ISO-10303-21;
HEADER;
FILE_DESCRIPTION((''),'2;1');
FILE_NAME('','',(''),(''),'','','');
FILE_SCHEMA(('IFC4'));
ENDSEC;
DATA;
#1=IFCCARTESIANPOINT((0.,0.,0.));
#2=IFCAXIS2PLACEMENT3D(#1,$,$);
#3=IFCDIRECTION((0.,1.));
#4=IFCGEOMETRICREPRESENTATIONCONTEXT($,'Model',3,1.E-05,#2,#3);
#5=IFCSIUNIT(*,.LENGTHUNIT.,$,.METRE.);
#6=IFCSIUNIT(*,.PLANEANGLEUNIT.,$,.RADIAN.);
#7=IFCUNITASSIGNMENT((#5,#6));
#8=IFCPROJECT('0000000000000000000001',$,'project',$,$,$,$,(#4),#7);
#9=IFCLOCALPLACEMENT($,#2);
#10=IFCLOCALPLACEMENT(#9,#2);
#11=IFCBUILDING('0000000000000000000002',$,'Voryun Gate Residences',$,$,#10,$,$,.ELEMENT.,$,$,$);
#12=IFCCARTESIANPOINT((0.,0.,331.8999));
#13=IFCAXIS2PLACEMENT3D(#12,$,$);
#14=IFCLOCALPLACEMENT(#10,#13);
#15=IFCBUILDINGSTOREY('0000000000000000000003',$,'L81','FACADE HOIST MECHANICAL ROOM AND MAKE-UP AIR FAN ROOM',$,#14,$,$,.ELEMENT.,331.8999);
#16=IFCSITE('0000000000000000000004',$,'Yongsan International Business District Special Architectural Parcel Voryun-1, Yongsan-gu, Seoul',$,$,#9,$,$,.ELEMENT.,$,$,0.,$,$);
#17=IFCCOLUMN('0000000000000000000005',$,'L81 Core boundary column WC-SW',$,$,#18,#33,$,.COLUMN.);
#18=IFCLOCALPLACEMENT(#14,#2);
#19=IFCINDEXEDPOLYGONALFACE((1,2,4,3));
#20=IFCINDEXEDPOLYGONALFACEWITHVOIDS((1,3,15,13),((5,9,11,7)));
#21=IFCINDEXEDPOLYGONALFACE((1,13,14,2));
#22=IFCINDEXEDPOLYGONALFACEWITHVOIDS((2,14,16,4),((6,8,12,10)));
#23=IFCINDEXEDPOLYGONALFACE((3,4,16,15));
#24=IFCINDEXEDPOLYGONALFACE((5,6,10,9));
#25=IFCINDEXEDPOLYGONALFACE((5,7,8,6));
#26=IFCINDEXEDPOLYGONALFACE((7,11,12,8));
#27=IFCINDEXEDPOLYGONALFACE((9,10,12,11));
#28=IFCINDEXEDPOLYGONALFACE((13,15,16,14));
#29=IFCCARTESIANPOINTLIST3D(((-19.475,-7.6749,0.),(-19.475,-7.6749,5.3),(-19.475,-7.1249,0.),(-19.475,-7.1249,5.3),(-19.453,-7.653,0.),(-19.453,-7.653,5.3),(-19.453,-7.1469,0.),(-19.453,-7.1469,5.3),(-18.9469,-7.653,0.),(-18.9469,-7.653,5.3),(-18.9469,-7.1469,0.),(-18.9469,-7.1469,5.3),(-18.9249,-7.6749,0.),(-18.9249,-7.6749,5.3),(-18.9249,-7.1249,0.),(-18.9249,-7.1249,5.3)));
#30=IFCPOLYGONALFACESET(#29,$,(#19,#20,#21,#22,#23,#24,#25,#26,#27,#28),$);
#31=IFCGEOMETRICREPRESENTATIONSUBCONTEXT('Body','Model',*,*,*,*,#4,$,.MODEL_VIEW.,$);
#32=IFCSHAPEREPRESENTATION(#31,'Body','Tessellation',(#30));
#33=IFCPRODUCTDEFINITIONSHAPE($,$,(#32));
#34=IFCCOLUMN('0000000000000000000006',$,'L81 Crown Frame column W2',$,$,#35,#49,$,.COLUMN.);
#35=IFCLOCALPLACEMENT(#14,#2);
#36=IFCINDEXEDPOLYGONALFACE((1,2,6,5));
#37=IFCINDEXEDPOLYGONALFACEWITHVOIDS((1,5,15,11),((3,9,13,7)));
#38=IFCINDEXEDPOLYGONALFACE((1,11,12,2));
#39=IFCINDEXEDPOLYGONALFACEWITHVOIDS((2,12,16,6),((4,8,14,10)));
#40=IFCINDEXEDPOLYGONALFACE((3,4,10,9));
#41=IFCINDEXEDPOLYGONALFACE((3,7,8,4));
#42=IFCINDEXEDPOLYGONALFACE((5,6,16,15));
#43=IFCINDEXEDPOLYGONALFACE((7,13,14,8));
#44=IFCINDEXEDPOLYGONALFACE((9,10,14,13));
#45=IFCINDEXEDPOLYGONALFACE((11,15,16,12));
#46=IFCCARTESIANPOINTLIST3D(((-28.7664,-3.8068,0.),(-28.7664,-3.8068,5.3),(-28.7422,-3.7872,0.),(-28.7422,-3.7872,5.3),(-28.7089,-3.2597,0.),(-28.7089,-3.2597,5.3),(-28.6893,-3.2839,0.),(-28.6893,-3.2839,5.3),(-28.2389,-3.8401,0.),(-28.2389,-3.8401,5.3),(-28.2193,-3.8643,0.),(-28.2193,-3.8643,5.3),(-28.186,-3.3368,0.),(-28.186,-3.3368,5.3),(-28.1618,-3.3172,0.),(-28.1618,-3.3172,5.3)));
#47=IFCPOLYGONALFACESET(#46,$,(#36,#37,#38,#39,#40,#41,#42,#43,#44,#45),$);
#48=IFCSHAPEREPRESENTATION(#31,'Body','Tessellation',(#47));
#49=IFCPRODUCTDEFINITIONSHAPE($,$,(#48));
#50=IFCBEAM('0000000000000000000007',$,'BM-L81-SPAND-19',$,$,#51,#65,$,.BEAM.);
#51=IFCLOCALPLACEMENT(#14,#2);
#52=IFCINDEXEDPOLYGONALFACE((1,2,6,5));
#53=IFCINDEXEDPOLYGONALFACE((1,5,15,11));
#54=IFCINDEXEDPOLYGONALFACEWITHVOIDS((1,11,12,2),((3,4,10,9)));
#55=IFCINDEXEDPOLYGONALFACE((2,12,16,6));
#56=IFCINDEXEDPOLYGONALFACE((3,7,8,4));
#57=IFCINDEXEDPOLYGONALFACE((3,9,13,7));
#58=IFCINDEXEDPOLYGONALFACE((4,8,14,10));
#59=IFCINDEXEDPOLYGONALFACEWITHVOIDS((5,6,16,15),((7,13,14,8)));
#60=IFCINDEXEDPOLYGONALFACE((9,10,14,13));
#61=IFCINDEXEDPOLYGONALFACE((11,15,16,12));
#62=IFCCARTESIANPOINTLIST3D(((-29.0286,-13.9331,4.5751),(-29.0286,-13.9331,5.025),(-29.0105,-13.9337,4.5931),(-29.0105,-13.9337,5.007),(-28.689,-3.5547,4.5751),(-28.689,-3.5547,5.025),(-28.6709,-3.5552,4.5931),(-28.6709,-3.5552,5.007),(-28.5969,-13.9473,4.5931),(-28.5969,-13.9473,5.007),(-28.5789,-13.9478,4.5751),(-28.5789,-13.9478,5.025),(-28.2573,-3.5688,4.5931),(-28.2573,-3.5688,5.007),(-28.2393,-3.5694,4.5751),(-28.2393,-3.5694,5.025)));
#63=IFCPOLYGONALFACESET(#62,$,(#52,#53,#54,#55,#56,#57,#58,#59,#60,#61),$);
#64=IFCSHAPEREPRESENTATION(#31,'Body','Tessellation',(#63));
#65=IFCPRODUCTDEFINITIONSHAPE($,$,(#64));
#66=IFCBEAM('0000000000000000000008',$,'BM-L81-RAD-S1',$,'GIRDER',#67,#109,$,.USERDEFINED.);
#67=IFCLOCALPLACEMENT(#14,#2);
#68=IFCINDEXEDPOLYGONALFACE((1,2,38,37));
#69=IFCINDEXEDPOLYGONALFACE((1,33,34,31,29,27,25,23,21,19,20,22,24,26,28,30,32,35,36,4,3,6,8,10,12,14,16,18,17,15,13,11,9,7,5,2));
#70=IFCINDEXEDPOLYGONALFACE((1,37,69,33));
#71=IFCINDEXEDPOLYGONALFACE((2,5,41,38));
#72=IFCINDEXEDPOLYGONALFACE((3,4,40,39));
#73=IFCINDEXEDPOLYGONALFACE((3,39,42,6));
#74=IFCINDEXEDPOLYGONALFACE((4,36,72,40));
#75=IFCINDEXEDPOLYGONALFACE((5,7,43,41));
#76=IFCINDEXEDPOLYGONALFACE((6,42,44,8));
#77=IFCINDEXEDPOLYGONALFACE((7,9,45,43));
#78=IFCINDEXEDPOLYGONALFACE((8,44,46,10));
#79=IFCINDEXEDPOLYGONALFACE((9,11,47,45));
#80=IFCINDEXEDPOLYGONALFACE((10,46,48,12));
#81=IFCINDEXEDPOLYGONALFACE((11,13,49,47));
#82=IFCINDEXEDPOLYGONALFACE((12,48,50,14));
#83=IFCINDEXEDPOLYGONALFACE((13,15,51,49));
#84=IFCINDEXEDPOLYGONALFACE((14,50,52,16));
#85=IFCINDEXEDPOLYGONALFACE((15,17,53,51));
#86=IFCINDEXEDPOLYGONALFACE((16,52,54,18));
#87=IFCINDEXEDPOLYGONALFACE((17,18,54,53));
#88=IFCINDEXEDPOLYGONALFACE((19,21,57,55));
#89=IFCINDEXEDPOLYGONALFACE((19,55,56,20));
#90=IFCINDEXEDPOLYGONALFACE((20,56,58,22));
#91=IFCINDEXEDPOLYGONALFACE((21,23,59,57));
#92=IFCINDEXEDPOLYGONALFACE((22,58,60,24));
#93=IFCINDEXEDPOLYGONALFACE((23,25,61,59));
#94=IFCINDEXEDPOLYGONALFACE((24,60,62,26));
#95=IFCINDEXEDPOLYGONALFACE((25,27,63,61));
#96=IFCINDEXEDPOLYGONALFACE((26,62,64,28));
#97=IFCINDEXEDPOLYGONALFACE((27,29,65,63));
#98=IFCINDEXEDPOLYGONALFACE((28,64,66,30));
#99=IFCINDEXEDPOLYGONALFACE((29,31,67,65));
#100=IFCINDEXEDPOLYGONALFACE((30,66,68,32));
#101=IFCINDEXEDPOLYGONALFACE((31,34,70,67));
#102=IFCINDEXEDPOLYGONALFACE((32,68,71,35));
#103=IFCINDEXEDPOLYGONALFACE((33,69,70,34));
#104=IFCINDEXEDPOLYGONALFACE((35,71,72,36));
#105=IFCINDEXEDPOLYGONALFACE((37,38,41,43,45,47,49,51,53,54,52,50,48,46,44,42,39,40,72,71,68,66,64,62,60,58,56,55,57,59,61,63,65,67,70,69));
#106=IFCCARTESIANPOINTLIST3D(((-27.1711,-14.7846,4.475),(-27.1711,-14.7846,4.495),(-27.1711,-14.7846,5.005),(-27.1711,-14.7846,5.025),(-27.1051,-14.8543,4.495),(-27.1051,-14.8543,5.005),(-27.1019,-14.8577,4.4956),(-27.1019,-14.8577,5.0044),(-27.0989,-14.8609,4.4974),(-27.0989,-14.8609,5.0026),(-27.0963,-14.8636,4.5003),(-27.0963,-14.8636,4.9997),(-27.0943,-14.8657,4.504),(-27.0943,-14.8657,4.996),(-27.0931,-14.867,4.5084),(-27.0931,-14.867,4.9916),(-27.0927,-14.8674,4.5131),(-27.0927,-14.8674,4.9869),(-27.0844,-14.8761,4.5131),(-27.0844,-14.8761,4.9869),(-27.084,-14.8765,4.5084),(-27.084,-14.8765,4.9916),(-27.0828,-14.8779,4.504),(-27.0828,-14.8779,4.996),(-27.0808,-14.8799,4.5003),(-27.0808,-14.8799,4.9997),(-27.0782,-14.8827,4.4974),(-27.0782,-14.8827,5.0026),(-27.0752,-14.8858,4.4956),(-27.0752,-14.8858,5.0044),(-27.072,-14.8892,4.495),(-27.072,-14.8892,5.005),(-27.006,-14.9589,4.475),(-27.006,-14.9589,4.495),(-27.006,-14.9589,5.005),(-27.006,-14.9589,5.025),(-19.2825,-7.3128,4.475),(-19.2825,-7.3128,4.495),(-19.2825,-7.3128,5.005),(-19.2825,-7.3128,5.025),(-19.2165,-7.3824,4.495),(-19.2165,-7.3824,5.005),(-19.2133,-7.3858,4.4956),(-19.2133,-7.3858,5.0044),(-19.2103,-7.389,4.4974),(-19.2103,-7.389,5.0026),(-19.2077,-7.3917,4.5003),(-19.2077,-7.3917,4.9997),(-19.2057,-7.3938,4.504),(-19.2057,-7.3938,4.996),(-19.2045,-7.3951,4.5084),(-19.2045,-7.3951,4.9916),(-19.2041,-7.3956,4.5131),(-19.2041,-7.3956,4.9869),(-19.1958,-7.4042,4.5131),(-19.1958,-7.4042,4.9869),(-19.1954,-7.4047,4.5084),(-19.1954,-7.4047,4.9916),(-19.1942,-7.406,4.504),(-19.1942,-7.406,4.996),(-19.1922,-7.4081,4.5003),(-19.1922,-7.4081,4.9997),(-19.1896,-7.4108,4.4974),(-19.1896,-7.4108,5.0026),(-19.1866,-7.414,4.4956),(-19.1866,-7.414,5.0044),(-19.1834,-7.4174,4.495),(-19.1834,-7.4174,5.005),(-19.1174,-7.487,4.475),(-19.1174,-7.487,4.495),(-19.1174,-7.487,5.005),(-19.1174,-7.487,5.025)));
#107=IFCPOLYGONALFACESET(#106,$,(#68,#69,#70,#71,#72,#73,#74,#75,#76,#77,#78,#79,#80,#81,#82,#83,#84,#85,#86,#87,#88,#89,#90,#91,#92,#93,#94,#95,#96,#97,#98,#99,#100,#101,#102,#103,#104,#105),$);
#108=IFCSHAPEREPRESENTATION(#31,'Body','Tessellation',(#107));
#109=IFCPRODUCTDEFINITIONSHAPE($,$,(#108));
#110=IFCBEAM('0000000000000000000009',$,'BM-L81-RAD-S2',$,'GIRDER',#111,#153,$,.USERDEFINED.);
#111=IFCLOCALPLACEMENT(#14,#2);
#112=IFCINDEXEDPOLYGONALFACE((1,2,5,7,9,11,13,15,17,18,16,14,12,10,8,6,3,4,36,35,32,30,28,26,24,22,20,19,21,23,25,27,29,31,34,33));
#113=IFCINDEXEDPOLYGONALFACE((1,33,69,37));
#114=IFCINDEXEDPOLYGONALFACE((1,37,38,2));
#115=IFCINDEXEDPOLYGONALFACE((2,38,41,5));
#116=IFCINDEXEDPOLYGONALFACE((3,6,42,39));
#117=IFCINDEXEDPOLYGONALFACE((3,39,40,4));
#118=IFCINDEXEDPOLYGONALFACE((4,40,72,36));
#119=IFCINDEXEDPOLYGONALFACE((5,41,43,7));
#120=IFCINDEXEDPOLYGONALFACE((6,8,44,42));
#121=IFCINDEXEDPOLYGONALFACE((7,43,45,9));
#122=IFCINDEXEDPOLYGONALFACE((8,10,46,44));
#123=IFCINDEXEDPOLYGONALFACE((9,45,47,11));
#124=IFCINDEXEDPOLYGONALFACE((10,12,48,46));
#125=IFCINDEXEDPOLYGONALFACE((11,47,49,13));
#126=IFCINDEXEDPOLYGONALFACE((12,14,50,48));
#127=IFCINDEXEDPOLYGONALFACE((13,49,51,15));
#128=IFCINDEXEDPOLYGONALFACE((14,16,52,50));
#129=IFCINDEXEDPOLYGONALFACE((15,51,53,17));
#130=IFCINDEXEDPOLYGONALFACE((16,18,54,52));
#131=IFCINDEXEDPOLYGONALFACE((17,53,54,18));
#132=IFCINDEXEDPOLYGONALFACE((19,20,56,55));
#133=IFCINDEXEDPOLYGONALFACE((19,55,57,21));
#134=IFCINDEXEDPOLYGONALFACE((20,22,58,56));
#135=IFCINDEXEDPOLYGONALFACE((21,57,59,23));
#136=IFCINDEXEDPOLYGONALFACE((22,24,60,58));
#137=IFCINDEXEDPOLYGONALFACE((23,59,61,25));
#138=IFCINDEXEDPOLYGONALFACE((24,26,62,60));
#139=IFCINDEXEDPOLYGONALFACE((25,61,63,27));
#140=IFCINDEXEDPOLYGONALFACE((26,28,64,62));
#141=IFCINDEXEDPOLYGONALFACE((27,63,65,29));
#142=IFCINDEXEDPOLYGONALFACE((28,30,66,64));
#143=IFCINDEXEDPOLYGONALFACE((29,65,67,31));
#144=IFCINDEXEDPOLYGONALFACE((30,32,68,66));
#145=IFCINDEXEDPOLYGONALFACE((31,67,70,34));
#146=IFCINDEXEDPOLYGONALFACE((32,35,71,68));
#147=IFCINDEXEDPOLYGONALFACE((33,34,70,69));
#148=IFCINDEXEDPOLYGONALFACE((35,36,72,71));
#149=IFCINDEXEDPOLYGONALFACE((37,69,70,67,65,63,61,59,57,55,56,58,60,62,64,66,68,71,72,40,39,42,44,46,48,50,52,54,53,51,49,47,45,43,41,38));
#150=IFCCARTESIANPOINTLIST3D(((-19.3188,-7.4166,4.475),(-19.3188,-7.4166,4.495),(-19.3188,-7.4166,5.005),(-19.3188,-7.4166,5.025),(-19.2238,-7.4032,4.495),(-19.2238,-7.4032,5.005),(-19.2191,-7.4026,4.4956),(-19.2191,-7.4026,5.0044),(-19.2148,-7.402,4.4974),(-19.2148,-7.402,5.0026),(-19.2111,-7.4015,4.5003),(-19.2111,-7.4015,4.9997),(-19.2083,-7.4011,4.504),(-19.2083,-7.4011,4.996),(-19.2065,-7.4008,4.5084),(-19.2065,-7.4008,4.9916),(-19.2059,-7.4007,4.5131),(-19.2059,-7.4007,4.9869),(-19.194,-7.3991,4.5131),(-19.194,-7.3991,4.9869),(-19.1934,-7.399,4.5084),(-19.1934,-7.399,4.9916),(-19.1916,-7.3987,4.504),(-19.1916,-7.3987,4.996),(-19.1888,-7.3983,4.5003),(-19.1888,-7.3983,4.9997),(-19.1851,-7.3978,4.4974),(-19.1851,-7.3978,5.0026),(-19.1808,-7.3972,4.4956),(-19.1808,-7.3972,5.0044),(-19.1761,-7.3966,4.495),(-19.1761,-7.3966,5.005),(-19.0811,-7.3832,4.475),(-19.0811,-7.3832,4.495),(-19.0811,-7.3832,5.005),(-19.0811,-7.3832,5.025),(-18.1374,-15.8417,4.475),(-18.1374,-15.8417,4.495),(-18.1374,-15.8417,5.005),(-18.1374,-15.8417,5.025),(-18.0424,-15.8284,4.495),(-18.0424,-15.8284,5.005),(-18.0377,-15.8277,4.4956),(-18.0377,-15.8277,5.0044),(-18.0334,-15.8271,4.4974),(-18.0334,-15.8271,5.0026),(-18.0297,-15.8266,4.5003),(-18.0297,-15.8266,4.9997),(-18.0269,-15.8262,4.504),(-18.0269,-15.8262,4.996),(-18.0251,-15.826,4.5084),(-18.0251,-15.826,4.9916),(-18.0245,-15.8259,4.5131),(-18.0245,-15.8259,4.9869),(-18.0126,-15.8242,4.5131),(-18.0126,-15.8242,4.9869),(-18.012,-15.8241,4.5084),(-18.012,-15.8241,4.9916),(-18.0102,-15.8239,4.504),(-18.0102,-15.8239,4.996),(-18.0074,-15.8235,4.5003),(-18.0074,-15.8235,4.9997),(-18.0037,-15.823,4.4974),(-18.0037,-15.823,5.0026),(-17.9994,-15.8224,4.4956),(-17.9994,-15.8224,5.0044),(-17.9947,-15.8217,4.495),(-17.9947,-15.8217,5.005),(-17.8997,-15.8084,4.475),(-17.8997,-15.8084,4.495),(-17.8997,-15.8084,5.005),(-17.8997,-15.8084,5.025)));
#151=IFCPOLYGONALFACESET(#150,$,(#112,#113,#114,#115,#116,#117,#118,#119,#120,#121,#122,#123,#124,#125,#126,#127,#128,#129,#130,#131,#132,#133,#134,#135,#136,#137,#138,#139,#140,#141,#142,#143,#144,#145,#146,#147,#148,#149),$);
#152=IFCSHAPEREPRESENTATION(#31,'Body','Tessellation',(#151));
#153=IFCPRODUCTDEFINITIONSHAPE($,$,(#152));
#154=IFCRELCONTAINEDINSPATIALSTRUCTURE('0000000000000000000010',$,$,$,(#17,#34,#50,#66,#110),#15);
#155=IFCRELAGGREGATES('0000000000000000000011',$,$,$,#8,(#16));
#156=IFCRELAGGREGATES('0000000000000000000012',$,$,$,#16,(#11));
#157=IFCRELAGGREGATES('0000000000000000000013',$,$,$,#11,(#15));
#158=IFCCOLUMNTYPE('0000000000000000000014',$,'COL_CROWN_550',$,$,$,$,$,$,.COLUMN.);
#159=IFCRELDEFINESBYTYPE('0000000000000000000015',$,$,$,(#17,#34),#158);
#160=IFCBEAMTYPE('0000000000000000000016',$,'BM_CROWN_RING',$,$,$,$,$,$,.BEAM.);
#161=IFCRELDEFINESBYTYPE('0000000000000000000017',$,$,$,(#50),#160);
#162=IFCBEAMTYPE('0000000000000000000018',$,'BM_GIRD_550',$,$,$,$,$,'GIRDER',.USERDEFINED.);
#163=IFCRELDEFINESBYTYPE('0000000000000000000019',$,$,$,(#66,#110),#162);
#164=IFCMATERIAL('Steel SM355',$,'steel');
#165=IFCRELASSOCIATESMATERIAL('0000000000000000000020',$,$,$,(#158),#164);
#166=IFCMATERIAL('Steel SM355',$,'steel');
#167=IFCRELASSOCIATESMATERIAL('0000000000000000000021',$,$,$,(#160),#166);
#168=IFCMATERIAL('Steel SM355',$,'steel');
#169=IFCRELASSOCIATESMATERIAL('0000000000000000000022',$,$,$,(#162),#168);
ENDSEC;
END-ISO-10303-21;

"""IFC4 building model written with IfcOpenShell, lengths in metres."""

from ifc_helpers import new_model, si_unit, direction, frame, origin, origin_2d, place, context, subcontext, project, spatial, hollow_rectangle, i_section, extrude, material, material_profile, profile_set, type_object, element, save


model = new_model("IFC4")

# Units and contexts
model_context = context("Model", 3, precision=1e-05, world=origin(), true_north=direction((0.0, 1.0)))
body_context = subcontext(model_context, "Body", "Model", "MODEL_VIEW")
ifc_project = project(units=[si_unit("LENGTHUNIT", "METRE"), si_unit("PLANEANGLEUNIT", "RADIAN")], contexts=[model_context])

# Site, building, storey
site_placement = place(None, origin())
site = spatial("IfcSite", under=ifc_project, at=site_placement, Name="Yongsan International Business District Special Architectural Parcel Voryun-1, Yongsan-gu, Seoul", CompositionType="ELEMENT", RefElevation=0.0)
building_placement = place(site_placement, origin())
building = spatial("IfcBuilding", under=site, at=building_placement, Name="Voryun Gate Residences", CompositionType="ELEMENT")
storey_placement = place(building_placement, frame((0.0, 0.0, 331.8999)))
storey = spatial("IfcBuildingStorey", under=building, at=storey_placement, Name="L81", Description="FACADE HOIST MECHANICAL ROOM AND MAKE-UP AIR FAN ROOM", CompositionType="ELEMENT", Elevation=331.8999)

# Columns
ifc_material_1 = material(Name="Steel SM355", Category="steel")
ifc_material_profile_1 = material_profile(ifc_material_1, hollow_rectangle(XDim=0.55, YDim=0.55, WallThickness=0.022, at=origin_2d()), Name="BOX-550x550x22")
ifc_profile_set_1 = profile_set([ifc_material_profile_1], Name="Steel SM355")
column_type = type_object("IfcColumnType", Name="COL_CROWN_550", PredefinedType="COLUMN", material=ifc_profile_set_1)
for number, where, z_axis, x_axis, name in (
    (1, (-19.2, -7.3999, 0.0), (0.0, 0.0, 1.0), (1.0, 0.0, 0.0), "L81 Core boundary column WC-SW"),
    (2, (-28.4641, -3.562, 0.0), (0.0, 0.0, 1.0), (0.994522, -0.104528, 0.0), "L81 Crown Frame column W2"),
):
    element("IfcColumn", number, at=place(storey_placement, frame(where, z_axis=z_axis, x_axis=x_axis)), inside=storey, type_object=column_type, Name=name, PredefinedType="COLUMN", context=body_context, shape_type="SweptSolid", body=[
        extrude(hollow_rectangle(XDim=0.55, YDim=0.55, WallThickness=0.022, at=origin_2d()), origin(), (0.0, 0.0, 1.0), 5.3),
    ])

# Beams
ifc_material_2 = material(Name="Steel SM355", Category="steel")
ifc_material_profile_2 = material_profile(ifc_material_2, hollow_rectangle(XDim=0.45, YDim=0.45, WallThickness=0.0181, at=origin_2d()), Name="BOX-450x450x18")
ifc_profile_set_2 = profile_set([ifc_material_profile_2], Name="Steel SM355")
beam_type_1 = type_object("IfcBeamType", Name="BM_CROWN_RING", PredefinedType="BEAM", material=ifc_profile_set_2)
beam_1_placement = place(storey_placement, frame((-28.4641, -3.562, 4.8), z_axis=(-0.032704, -0.999465, 0.0), x_axis=(0.999465, -0.032704, 0.0)))
element("IfcBeam", 3, at=beam_1_placement, inside=storey, type_object=beam_type_1, Name="BM-L81-SPAND-19", PredefinedType="BEAM", context=body_context, shape_type="SweptSolid", body=[
    extrude(hollow_rectangle(XDim=0.45, YDim=0.45, WallThickness=0.0181, at=origin_2d()), origin(), (0.0, 0.0, 1.0), 10.384),
])
ifc_material_3 = material(Name="Steel SM355", Category="steel")
ifc_material_profile_3 = material_profile(ifc_material_3, i_section(OverallWidth=0.24, OverallDepth=0.55, WebThickness=0.012, FlangeThickness=0.02, FilletRadius=0.0181, at=origin_2d()), Name="H-550x240x12x20")
ifc_profile_set_3 = profile_set([ifc_material_profile_3], Name="Steel SM355")
beam_type_2 = type_object("IfcBeamType", Name="BM_GIRD_550", ElementType="GIRDER", PredefinedType="USERDEFINED", material=ifc_profile_set_3)
beam_2_placement = place(storey_placement, frame((-19.2, -7.3999, 4.75), z_axis=(-0.726024, -0.687669, 0.0), x_axis=(0.687669, -0.726024, 0.0)))
element("IfcBeam", 4, at=beam_2_placement, inside=storey, type_object=beam_type_2, Name="BM-L81-RAD-S1", ObjectType="GIRDER", PredefinedType="USERDEFINED", context=body_context, shape_type="SweptSolid", body=[
    extrude(i_section(OverallWidth=0.24, OverallDepth=0.55, WebThickness=0.012, FlangeThickness=0.02, FilletRadius=0.0181, at=origin_2d()), origin(), (0.0, 0.0, 1.0), 10.8655),
])
beam_3_placement = place(storey_placement, frame((-19.2, -7.3999, 4.75), z_axis=(0.138866, -0.990311, 0.0), x_axis=(0.990311, 0.138866, 0.0)))
element("IfcBeam", 5, at=beam_3_placement, inside=storey, type_object=beam_type_2, Name="BM-L81-RAD-S2", ObjectType="GIRDER", PredefinedType="USERDEFINED", context=body_context, shape_type="SweptSolid", body=[
    extrude(i_section(OverallWidth=0.24, OverallDepth=0.55, WebThickness=0.012, FlangeThickness=0.02, FilletRadius=0.0181, at=origin_2d()), origin(), (0.0, 0.0, 1.0), 8.5076),
])

save(model, "model.ifc")
